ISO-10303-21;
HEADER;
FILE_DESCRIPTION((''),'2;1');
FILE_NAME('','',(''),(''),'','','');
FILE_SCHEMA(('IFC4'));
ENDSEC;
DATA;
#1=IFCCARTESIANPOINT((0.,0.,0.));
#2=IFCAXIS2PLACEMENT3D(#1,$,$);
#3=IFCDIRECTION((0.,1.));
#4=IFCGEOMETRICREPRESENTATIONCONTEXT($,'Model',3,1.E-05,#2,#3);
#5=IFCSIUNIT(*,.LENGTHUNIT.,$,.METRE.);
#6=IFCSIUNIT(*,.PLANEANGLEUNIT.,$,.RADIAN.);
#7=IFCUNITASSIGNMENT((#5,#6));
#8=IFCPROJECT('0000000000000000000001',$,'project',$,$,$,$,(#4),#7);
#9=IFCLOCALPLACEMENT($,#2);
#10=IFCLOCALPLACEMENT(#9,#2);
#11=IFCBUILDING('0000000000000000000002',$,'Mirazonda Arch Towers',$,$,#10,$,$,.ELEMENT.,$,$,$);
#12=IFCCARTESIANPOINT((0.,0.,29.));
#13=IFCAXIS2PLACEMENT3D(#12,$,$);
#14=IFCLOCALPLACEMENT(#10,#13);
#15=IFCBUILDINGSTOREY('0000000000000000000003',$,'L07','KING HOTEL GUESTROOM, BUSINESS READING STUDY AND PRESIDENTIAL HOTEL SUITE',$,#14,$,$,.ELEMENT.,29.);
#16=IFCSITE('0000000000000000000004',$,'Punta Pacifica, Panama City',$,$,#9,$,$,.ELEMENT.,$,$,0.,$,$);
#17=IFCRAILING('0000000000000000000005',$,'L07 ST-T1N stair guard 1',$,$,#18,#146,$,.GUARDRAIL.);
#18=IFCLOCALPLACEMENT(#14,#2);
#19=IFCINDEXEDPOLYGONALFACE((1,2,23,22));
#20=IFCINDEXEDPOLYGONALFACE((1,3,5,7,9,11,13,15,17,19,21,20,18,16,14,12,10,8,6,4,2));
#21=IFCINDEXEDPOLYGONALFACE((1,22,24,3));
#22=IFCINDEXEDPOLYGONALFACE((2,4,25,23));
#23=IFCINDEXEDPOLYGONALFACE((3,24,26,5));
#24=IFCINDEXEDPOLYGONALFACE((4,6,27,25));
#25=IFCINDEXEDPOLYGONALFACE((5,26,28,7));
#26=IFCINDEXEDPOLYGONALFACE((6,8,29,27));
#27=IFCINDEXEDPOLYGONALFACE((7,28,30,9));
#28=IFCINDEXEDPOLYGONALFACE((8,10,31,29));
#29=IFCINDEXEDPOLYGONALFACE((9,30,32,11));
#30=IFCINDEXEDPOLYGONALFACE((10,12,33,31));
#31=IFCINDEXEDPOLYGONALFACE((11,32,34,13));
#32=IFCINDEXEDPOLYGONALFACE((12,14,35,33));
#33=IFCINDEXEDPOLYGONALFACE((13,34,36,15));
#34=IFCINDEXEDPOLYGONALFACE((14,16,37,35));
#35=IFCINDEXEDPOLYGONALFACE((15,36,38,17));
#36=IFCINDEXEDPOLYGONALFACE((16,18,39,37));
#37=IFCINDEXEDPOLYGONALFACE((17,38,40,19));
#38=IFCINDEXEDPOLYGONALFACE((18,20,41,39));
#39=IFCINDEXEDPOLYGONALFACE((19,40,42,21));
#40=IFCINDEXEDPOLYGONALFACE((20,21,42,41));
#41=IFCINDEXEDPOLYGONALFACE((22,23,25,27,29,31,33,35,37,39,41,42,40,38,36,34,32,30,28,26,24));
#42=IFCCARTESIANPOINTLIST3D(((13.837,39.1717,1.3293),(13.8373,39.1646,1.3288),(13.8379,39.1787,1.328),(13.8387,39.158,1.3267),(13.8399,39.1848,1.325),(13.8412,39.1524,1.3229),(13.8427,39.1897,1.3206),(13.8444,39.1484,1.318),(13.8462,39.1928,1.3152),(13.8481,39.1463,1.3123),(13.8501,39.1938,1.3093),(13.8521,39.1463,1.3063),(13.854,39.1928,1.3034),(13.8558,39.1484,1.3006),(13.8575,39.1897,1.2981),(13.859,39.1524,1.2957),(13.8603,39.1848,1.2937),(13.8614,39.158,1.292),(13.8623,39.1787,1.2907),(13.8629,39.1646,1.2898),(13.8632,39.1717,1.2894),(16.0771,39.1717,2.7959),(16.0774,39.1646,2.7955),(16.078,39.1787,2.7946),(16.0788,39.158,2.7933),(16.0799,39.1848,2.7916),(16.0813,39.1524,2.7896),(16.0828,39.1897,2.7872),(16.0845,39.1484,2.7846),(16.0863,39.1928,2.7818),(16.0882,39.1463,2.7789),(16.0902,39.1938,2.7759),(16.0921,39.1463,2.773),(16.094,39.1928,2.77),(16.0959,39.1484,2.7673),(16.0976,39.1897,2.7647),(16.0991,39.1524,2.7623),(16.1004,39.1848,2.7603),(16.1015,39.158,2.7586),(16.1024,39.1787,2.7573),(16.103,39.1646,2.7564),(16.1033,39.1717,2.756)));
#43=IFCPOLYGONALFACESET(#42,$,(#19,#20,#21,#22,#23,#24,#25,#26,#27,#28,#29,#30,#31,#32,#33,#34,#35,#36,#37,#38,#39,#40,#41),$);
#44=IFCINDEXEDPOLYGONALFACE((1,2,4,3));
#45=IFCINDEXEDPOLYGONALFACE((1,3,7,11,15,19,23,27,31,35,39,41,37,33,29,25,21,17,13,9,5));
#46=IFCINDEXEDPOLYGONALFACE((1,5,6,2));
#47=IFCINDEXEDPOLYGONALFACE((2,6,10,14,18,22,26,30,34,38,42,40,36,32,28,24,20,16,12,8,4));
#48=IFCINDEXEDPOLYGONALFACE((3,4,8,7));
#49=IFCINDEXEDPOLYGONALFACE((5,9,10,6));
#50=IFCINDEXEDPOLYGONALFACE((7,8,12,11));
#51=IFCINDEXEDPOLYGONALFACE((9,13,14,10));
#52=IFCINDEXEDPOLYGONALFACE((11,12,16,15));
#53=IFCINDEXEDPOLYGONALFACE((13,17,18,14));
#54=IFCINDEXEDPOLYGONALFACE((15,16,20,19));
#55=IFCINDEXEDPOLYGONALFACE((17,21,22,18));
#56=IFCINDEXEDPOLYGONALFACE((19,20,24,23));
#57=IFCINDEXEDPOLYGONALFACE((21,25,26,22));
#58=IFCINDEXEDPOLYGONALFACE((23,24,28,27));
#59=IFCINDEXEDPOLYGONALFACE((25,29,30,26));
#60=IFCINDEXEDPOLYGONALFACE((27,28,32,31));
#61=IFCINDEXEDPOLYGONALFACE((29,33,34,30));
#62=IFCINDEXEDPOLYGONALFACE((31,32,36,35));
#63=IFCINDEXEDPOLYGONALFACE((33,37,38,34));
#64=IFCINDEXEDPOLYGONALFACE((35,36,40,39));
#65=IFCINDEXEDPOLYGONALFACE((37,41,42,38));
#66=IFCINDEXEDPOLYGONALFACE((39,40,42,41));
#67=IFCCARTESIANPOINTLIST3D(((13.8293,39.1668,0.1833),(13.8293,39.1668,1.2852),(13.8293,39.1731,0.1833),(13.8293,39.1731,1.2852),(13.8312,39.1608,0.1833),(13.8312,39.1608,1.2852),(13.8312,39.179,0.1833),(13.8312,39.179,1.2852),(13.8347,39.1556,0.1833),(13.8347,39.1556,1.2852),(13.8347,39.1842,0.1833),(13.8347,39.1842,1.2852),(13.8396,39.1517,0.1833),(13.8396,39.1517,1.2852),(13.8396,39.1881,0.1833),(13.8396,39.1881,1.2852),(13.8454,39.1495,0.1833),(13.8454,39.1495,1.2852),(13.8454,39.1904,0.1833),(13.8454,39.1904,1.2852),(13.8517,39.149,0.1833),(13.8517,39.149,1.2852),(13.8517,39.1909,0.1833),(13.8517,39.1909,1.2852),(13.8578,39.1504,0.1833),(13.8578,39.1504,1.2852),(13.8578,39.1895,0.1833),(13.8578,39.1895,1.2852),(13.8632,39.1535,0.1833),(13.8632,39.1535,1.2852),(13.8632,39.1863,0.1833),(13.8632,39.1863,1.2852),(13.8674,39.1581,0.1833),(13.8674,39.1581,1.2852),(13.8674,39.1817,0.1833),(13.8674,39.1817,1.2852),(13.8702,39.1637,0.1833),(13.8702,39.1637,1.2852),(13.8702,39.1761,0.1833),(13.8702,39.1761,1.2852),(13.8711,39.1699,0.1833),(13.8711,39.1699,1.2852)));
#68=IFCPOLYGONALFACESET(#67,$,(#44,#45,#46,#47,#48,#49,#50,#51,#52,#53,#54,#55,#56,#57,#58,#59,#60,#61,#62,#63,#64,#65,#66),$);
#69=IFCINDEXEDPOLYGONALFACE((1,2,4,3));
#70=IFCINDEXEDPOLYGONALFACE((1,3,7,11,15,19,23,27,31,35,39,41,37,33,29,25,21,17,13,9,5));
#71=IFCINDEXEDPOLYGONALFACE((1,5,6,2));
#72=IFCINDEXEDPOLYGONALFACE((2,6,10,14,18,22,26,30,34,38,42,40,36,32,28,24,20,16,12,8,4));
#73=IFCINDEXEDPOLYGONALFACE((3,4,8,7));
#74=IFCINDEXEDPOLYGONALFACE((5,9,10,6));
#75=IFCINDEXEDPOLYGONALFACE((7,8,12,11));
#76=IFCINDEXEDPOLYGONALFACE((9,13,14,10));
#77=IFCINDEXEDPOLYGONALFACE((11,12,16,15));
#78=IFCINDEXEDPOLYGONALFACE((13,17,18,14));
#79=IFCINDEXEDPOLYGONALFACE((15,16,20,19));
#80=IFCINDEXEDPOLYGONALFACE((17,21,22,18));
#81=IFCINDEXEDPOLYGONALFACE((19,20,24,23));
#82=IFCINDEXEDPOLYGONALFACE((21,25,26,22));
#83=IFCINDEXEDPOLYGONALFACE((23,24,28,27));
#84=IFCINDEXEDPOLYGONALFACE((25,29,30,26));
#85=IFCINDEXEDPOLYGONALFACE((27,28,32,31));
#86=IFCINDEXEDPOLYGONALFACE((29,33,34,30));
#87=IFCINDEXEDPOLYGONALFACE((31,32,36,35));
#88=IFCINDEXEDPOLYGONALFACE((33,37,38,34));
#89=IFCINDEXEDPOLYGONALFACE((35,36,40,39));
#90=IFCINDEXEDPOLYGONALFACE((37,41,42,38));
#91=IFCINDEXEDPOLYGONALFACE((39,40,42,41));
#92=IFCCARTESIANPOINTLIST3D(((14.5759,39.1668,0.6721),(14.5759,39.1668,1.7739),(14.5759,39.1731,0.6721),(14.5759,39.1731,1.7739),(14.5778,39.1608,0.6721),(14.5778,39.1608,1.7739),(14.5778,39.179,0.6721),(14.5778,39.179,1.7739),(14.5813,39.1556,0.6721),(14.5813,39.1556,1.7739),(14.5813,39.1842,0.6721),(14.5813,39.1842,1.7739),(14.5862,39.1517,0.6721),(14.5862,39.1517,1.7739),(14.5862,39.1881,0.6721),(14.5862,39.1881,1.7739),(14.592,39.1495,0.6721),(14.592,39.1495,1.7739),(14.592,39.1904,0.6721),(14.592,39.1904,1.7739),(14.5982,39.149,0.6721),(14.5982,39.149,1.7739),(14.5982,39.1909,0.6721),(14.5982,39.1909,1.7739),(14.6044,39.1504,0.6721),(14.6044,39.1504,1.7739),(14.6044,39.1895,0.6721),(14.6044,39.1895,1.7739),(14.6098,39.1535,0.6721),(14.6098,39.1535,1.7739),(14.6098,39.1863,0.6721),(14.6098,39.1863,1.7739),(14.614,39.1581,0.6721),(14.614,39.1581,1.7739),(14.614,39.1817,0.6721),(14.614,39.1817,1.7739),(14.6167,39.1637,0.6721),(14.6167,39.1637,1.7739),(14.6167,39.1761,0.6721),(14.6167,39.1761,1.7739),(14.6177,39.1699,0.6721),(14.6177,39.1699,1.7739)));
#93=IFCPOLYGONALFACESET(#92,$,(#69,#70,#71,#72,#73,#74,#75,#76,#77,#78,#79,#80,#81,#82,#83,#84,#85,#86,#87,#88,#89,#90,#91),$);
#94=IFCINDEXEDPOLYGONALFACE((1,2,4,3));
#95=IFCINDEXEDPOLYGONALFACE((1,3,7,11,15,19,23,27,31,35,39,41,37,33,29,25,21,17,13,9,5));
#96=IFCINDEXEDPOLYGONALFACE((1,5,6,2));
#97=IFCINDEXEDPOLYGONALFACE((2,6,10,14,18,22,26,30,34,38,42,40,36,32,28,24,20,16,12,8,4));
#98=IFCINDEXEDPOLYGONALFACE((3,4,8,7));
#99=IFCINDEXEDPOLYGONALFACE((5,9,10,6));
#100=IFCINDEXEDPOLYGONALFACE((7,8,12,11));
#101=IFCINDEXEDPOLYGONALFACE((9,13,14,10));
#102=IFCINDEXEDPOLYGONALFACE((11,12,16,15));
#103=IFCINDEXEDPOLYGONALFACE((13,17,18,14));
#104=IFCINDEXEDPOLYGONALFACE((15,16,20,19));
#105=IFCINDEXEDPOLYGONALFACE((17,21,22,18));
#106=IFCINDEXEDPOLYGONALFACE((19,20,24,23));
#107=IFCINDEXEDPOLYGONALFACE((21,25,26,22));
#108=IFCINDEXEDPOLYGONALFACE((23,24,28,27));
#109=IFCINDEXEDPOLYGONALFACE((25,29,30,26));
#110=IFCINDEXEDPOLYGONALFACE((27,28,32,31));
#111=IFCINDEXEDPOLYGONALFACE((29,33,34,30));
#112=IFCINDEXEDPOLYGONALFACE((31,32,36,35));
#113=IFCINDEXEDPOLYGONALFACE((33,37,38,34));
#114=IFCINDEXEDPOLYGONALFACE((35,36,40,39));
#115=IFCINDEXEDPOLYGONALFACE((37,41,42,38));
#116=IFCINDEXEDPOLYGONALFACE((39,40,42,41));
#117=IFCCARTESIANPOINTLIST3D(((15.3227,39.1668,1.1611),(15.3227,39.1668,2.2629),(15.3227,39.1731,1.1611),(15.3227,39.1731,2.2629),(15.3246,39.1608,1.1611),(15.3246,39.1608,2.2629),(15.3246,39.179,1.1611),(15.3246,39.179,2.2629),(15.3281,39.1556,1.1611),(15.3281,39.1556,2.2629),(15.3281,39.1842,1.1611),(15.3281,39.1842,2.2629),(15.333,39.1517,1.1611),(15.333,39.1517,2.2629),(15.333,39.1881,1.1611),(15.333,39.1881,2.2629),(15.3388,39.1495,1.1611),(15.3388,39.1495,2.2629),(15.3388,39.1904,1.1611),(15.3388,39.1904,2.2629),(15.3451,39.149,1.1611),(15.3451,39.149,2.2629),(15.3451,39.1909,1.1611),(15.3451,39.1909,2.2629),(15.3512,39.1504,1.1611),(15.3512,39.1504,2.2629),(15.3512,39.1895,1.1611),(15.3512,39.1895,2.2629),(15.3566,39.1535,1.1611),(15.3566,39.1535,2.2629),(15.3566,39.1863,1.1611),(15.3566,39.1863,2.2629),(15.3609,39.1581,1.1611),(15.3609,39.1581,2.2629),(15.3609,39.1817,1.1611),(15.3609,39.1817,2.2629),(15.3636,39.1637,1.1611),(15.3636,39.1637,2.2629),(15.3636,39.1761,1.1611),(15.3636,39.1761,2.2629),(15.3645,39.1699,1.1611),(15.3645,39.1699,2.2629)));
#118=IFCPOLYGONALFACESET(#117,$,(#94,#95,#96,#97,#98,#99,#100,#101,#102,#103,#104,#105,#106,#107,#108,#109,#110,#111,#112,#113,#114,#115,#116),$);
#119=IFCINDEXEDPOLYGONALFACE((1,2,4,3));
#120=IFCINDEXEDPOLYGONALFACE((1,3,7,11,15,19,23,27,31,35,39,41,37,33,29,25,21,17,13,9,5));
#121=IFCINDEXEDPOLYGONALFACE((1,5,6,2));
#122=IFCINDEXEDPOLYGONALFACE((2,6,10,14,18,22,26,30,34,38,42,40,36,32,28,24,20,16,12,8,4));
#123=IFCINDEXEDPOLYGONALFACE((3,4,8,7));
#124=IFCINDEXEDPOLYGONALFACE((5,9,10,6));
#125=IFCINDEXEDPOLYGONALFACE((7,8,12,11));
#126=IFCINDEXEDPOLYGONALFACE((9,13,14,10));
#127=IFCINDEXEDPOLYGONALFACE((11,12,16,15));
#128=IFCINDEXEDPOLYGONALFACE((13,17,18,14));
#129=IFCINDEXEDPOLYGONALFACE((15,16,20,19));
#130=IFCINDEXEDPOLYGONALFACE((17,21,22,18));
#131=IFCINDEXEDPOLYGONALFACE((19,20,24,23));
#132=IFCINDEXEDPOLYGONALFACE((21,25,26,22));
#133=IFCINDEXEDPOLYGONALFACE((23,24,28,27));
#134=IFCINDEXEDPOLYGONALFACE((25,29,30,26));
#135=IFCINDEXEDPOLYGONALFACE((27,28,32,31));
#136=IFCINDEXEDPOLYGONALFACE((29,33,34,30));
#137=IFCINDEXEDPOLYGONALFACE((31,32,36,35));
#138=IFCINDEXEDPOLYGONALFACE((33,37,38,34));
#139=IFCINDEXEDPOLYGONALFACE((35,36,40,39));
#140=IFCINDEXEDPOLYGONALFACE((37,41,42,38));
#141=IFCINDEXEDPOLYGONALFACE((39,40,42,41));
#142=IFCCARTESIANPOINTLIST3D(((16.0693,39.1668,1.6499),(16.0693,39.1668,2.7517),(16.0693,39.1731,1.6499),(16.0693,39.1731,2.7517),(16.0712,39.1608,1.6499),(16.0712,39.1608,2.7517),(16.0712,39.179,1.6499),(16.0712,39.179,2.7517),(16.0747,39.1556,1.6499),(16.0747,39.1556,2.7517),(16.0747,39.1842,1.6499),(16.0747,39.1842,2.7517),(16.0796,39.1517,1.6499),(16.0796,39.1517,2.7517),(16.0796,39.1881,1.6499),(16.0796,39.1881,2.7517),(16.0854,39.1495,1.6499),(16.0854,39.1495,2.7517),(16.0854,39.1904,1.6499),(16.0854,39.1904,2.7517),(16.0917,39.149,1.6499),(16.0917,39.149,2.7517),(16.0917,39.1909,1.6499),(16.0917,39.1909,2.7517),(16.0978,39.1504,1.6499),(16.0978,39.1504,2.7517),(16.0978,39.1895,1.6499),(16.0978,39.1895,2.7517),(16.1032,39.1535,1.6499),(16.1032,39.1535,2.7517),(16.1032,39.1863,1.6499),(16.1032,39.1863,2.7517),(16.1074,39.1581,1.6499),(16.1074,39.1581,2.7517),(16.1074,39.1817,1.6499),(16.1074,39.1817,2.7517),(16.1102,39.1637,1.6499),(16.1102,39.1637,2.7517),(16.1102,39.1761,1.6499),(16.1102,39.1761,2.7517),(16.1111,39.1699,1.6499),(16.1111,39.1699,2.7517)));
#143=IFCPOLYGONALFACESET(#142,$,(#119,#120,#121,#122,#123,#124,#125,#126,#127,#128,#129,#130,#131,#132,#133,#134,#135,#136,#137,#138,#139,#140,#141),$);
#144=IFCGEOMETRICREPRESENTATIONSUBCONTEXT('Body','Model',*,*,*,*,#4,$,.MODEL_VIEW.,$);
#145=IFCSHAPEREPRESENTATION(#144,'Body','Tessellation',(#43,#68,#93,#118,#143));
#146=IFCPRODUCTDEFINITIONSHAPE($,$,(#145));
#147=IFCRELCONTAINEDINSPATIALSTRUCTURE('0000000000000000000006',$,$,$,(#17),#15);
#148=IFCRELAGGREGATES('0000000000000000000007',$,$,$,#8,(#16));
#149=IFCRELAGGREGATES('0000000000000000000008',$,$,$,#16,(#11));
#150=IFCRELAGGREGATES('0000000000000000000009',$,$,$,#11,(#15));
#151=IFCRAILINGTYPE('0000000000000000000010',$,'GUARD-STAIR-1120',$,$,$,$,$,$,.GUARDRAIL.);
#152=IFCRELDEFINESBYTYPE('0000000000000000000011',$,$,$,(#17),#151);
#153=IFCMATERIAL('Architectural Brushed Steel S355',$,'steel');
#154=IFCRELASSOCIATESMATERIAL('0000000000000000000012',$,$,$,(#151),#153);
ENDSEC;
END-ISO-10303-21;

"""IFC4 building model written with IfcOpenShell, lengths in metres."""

from ifc_helpers import new_model, si_unit, direction, frame, origin, origin_2d, place, context, subcontext, project, spatial, circle, extrude, material, type_object, element, save


model = new_model("IFC4")

# Units and contexts
model_context = context("Model", 3, precision=1e-05, world=origin(), true_north=direction((0.0, 1.0)))
body_context = subcontext(model_context, "Body", "Model", "MODEL_VIEW")
ifc_project = project(units=[si_unit("LENGTHUNIT", "METRE"), si_unit("PLANEANGLEUNIT", "RADIAN")], contexts=[model_context])

# Site, building, storey
site_placement = place(None, origin())
site = spatial("IfcSite", under=ifc_project, at=site_placement, Name="Punta Pacifica, Panama City", CompositionType="ELEMENT", RefElevation=0.0)
building_placement = place(site_placement, origin())
building = spatial("IfcBuilding", under=site, at=building_placement, Name="Mirazonda Arch Towers", CompositionType="ELEMENT")
storey_placement = place(building_placement, frame((0.0, 0.0, 29.0)))
storey = spatial("IfcBuildingStorey", under=building, at=storey_placement, Name="L07", Description="KING HOTEL GUESTROOM, BUSINESS READING STUDY AND PRESIDENTIAL HOTEL SUITE", CompositionType="ELEMENT", Elevation=29.0)

# Shared definitions
ifc_material_1 = material(Name="Architectural Brushed Steel S355", Category="steel")

# Railing
railing_type_1 = type_object("IfcRailingType", Name="GUARD-STAIR-1120", PredefinedType="GUARDRAIL", material=ifc_material_1)
railing_1_placement = place(storey_placement, frame((13.8501, 39.1699, 0.1833)))
element("IfcRailing", 1, at=railing_1_placement, inside=storey, type_object=railing_type_1, Name="L07 ST-T1N stair guard 1", PredefinedType="GUARDRAIL", context=body_context, shape_type="SweptSolid", body=[
    extrude(circle(Radius=0.0239, at=origin_2d()), frame((0.0, 0.0, 1.126), z_axis=(0.836637, 0.0, 0.547758), x_axis=(0.0, 1.0, 0.0)), (0.0, 0.0, 1.0), 2.6775),
    extrude(circle(Radius=0.021, at=origin_2d()), origin(), (0.0, 0.0, 1.0), 1.1018),
    extrude(circle(Radius=0.021, at=origin_2d()), frame((0.7466, 0.0, 0.4888)), (0.0, 0.0, 1.0), 1.1018),
    extrude(circle(Radius=0.021, at=origin_2d()), frame((1.4934, 0.0, 0.9778)), (0.0, 0.0, 1.0), 1.1018),
    extrude(circle(Radius=0.021, at=origin_2d()), frame((2.24, 0.0, 1.4666)), (0.0, 0.0, 1.0), 1.1018),
])

save(model, "model.ifc")
